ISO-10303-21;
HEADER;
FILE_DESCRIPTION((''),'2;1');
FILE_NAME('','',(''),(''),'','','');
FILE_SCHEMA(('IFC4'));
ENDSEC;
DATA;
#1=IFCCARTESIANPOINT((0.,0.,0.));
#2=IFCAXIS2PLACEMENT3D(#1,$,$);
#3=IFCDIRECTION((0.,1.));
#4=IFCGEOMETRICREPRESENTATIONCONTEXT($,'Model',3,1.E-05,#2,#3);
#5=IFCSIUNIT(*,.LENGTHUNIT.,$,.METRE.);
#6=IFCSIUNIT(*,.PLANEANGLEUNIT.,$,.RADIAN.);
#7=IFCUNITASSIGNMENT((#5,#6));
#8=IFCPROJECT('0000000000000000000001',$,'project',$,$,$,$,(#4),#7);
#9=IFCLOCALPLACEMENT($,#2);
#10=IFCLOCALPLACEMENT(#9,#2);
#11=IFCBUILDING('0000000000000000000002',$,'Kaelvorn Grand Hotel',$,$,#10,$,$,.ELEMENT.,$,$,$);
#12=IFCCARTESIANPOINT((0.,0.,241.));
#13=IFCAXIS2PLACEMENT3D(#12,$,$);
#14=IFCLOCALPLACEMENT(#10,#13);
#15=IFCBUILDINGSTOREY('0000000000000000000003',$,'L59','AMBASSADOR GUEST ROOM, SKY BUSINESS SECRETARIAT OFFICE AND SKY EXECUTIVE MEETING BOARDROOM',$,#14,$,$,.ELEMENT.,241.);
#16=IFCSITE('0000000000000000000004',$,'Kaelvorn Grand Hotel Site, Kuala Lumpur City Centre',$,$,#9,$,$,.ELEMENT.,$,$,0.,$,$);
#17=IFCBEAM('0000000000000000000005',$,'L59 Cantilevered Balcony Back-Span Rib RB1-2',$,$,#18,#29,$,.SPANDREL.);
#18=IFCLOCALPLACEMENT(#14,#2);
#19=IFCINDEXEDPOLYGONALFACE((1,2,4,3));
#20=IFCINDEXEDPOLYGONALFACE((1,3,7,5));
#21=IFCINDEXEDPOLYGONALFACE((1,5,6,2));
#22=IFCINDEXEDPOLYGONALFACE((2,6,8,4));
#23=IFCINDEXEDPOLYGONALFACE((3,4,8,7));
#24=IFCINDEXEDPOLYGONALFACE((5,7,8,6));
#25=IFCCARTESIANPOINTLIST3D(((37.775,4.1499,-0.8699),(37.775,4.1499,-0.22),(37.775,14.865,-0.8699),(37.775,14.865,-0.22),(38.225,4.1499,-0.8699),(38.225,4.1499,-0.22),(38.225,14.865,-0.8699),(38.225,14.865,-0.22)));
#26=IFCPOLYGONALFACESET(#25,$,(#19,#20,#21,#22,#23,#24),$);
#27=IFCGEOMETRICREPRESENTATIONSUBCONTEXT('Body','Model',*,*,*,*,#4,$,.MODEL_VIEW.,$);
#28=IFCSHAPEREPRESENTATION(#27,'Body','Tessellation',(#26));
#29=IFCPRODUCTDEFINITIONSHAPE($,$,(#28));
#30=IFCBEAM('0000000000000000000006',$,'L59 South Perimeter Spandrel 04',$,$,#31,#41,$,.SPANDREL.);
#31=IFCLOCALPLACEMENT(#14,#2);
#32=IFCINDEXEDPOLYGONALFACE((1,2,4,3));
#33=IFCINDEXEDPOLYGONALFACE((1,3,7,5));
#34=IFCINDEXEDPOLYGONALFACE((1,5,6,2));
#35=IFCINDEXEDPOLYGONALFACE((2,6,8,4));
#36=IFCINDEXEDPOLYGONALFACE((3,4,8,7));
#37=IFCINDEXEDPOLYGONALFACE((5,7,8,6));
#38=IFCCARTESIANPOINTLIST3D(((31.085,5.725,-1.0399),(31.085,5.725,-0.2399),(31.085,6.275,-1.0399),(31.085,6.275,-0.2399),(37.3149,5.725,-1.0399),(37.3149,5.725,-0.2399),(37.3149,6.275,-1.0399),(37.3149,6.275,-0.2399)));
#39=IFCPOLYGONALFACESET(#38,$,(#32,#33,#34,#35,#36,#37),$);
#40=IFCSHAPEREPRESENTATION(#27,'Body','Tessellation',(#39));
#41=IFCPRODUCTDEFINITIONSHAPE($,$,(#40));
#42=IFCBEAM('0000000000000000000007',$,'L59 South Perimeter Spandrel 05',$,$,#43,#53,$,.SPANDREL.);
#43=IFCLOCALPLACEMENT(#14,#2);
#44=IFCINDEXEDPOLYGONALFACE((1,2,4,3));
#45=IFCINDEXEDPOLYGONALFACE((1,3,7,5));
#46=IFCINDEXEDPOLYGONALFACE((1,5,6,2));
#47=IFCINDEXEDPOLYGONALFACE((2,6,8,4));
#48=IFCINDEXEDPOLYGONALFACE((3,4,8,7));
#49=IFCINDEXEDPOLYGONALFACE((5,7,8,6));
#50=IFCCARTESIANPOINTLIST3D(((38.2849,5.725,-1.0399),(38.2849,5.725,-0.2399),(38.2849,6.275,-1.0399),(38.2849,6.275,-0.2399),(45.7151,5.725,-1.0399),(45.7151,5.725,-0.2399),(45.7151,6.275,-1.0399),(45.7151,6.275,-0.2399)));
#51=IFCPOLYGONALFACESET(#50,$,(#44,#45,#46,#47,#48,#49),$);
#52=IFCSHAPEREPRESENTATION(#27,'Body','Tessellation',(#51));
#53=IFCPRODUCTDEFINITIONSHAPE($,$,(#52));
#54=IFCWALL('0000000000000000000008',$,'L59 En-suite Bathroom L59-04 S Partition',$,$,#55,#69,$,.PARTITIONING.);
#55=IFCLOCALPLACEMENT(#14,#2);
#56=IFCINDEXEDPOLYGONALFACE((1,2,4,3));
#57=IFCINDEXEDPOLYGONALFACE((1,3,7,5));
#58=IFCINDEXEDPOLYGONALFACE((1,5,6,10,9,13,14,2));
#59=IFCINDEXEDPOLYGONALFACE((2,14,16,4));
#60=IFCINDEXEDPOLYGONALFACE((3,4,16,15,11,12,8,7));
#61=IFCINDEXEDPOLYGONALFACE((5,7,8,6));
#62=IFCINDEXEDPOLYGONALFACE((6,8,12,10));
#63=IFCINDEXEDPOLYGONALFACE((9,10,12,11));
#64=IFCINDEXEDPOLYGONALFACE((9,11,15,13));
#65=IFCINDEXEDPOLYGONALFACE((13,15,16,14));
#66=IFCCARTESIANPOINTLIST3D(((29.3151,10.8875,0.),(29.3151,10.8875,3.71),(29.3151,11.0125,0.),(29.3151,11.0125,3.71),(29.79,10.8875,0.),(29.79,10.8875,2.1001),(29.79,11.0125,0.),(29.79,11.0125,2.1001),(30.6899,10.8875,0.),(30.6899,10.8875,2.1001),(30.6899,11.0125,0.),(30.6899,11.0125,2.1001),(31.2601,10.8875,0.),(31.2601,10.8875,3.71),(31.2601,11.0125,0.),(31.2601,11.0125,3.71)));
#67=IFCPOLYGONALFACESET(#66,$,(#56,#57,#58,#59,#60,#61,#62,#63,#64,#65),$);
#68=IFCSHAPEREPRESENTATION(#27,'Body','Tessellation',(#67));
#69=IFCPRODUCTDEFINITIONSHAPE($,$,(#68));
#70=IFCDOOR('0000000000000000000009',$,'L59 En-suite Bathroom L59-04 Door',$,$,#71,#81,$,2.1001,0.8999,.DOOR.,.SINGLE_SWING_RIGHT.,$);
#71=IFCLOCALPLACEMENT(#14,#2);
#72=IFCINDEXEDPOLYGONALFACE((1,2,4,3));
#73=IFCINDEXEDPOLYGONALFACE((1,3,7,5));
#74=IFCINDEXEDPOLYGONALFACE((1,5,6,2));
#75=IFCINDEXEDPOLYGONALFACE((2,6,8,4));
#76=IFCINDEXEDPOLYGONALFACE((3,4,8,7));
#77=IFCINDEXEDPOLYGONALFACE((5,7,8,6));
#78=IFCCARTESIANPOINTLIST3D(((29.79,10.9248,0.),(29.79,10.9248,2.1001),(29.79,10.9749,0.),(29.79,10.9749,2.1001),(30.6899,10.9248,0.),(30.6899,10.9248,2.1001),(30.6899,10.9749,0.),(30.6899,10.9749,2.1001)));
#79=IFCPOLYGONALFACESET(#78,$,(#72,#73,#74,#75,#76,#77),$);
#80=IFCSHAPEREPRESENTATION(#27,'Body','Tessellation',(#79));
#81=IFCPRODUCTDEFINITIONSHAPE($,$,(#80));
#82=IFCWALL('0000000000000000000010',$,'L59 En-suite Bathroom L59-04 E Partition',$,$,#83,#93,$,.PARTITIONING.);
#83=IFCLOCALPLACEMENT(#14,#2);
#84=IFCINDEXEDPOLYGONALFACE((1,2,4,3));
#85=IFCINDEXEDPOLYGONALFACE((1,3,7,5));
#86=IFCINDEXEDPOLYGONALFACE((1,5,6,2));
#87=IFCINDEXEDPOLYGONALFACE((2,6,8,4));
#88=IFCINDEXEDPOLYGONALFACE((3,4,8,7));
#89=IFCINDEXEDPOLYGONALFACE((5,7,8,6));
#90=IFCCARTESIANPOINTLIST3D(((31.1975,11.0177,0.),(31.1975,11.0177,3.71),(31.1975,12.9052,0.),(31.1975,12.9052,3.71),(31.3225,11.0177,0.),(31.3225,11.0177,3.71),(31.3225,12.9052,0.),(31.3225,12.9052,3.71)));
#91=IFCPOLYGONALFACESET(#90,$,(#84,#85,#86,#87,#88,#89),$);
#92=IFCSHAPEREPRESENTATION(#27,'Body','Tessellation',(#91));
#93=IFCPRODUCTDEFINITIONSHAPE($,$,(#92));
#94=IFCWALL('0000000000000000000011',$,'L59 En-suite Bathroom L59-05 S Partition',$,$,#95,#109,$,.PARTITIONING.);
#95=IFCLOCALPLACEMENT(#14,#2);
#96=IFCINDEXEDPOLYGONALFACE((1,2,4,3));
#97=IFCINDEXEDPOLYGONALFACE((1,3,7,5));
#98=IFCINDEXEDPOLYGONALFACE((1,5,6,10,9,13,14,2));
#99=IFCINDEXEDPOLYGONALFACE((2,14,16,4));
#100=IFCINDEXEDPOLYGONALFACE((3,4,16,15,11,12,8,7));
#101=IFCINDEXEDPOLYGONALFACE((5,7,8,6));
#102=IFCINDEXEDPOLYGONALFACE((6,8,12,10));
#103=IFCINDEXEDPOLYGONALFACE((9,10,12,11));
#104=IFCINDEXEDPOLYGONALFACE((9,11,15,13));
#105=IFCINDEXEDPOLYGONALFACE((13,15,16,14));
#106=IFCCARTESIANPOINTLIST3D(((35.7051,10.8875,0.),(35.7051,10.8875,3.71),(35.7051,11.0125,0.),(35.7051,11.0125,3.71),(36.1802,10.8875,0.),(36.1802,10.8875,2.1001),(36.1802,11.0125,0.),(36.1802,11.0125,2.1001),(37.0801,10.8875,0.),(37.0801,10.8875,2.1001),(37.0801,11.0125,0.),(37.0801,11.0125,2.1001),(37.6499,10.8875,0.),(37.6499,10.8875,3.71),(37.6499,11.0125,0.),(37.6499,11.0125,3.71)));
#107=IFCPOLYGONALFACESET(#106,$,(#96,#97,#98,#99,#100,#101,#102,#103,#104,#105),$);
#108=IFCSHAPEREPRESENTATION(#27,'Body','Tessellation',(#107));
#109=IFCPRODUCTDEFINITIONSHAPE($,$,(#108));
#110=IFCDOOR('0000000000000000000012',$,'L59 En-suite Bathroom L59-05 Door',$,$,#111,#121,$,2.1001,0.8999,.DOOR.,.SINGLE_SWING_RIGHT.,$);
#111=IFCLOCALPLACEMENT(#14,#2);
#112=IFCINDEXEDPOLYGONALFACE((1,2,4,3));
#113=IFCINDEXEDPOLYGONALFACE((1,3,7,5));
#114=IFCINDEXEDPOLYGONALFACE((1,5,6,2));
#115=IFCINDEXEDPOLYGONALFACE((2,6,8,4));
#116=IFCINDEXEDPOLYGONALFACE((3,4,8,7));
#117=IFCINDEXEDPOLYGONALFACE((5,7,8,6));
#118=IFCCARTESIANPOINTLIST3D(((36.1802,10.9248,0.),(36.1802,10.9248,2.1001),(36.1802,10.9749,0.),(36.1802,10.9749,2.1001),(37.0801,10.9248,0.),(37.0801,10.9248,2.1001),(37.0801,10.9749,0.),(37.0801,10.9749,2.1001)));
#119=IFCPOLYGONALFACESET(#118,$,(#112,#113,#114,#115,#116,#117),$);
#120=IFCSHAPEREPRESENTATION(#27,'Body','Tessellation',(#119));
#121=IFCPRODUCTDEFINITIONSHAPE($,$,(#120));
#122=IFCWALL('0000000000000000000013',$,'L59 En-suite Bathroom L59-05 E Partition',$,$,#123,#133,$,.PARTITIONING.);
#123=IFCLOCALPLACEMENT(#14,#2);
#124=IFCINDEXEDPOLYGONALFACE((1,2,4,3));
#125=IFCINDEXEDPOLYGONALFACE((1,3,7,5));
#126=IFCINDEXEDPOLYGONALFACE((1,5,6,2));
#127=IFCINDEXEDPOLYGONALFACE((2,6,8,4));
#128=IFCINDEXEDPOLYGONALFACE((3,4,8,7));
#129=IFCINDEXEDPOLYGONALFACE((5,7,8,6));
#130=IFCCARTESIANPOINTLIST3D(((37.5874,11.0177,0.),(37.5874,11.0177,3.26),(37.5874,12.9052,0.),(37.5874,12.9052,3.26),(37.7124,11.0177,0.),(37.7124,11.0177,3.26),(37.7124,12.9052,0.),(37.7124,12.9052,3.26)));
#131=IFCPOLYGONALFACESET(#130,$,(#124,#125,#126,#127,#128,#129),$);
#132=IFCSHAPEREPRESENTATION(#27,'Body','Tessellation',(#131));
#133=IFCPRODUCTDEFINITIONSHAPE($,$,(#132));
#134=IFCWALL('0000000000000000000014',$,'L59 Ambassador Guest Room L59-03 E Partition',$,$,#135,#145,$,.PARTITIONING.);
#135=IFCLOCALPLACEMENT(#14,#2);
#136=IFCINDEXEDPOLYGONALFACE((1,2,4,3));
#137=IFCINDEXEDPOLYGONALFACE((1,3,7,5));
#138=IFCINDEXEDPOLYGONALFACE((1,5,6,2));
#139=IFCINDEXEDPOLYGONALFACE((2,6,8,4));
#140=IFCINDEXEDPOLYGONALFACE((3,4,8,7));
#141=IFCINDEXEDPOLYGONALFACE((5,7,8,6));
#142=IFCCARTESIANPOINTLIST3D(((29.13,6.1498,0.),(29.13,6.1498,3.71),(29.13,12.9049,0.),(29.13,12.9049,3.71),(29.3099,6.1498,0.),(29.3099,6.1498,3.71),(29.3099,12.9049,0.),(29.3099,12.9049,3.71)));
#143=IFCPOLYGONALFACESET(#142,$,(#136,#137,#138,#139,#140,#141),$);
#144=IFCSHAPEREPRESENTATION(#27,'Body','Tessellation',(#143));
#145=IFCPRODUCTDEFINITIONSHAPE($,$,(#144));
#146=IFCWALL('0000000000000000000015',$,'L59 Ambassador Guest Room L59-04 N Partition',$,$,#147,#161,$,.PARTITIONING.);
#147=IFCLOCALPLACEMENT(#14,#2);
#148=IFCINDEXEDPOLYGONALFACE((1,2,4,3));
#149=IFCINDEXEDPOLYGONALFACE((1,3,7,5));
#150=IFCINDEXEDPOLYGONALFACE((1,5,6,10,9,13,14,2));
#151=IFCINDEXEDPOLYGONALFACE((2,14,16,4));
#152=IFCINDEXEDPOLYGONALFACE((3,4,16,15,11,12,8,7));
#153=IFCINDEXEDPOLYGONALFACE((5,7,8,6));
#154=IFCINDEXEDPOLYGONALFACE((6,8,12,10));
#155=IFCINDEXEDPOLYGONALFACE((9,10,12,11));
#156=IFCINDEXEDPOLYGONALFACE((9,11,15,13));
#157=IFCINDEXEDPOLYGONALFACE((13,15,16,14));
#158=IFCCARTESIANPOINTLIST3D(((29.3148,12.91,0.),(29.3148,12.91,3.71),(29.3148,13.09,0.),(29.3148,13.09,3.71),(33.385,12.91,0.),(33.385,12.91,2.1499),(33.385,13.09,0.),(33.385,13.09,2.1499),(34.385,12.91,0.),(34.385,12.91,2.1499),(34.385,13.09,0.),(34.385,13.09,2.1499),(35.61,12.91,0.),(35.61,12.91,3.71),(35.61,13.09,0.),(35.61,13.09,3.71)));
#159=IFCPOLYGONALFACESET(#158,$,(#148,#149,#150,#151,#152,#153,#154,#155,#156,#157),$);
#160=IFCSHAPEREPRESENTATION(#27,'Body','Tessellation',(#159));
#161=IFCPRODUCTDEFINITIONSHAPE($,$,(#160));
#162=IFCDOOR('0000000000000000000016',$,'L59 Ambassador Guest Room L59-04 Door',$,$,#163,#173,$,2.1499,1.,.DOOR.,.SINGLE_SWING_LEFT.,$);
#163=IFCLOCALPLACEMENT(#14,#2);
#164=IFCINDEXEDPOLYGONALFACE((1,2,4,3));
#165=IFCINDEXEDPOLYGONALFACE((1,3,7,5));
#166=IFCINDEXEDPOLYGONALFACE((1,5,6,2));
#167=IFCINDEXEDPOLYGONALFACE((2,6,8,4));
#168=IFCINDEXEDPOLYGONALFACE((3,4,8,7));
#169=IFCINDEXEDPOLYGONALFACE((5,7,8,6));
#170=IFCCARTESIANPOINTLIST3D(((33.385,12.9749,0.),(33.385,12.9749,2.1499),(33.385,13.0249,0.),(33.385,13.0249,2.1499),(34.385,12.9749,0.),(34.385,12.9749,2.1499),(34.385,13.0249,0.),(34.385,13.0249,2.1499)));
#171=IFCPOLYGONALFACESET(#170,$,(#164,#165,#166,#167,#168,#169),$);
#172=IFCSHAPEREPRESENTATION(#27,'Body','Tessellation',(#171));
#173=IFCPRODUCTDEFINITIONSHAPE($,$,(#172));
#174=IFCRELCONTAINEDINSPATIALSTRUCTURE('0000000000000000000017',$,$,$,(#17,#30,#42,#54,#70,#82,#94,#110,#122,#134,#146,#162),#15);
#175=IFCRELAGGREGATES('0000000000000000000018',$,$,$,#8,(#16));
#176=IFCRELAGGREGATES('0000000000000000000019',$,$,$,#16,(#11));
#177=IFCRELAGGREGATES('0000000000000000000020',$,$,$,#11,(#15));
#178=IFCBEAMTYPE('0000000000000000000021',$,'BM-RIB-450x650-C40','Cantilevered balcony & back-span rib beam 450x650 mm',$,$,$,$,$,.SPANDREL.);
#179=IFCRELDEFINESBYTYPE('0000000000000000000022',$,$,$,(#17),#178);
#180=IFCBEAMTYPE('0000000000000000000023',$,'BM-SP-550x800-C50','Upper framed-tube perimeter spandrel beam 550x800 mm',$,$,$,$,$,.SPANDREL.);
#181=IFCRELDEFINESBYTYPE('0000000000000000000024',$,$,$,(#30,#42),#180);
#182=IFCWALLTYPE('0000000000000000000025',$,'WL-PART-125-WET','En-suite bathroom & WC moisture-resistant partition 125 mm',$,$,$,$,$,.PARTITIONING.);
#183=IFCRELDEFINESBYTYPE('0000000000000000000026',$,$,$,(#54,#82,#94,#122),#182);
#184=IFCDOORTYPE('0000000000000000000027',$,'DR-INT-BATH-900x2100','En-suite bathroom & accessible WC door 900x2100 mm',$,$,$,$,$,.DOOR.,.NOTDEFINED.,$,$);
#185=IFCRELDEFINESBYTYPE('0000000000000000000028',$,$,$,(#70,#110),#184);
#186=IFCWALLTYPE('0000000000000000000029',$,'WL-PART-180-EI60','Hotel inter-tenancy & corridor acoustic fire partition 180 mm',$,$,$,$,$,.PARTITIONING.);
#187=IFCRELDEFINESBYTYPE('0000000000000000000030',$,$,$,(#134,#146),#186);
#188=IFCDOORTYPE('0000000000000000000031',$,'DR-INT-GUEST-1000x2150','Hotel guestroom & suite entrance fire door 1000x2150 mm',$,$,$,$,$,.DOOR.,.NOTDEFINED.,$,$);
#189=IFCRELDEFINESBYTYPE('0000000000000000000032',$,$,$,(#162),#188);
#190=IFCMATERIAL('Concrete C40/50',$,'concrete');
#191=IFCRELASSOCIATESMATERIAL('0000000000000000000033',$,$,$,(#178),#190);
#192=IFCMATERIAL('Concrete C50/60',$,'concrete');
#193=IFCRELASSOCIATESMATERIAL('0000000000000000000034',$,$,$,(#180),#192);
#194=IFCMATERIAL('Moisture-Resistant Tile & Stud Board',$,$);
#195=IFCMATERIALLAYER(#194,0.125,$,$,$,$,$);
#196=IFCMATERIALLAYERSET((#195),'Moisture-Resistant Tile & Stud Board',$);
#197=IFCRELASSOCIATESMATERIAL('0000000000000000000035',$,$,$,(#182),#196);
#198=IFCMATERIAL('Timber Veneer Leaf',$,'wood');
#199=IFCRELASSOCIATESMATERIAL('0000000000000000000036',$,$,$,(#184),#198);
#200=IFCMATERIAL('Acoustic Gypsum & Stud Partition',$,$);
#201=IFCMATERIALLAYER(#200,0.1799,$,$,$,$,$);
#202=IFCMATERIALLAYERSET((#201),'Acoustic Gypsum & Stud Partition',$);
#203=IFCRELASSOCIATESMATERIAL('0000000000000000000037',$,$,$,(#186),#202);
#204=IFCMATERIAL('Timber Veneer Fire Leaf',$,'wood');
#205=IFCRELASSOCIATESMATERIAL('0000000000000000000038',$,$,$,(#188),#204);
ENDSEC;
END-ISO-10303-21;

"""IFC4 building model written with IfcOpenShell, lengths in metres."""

from ifc_helpers import new_model, si_unit, direction, frame, frame_2d, origin, origin_2d, place, context, subcontext, project, spatial, rectangle, extrude, material, layer, layer_set, material_profile, profile_set, type_object, element, fill, save


model = new_model("IFC4")

# Units and contexts
model_context = context("Model", 3, precision=1e-05, world=origin(), true_north=direction((0.0, 1.0)))
body_context = subcontext(model_context, "Body", "Model", "MODEL_VIEW")
ifc_project = project(units=[si_unit("LENGTHUNIT", "METRE"), si_unit("PLANEANGLEUNIT", "RADIAN")], contexts=[model_context])

# Site, building, storey
site_placement = place(None, origin())
site = spatial("IfcSite", under=ifc_project, at=site_placement, Name="Kaelvorn Grand Hotel Site, Kuala Lumpur City Centre", CompositionType="ELEMENT", RefElevation=0.0)
building_placement = place(site_placement, origin())
building = spatial("IfcBuilding", under=site, at=building_placement, Name="Kaelvorn Grand Hotel", CompositionType="ELEMENT")
storey_placement = place(building_placement, frame((0.0, 0.0, 241.0)))
storey = spatial("IfcBuildingStorey", under=building, at=storey_placement, Name="L59", Description="AMBASSADOR GUEST ROOM, SKY BUSINESS SECRETARIAT OFFICE AND SKY EXECUTIVE MEETING BOARDROOM", CompositionType="ELEMENT", Elevation=241.0)

# Shared definitions
ifc_material_1 = material(Name="Concrete C50/60", Category="concrete")

# Beams
ifc_material_2 = material(Name="Concrete C40/50", Category="concrete")
ifc_material_profile_1 = material_profile(ifc_material_2, rectangle(XDim=0.45, YDim=0.6499, at=origin_2d()), Name="RC RIB 450x650")
ifc_profile_set_1 = profile_set([ifc_material_profile_1], Name="Concrete C40/50")
beam_type_1 = type_object("IfcBeamType", Name="BM-RIB-450x650-C40", Description="Cantilevered balcony & back-span rib beam 450x650 mm", PredefinedType="SPANDREL", material=ifc_profile_set_1)
beam_1_placement = place(storey_placement, frame((38.0, 4.1499, -0.5449), z_axis=(0.0, 1.0, 0.0), x_axis=(-1.0, 0.0, 0.0)))
element("IfcBeam", 1, at=beam_1_placement, inside=storey, type_object=beam_type_1, Name="L59 Cantilevered Balcony Back-Span Rib RB1-2", PredefinedType="SPANDREL", context=body_context, shape_type="SweptSolid", body=[
    extrude(rectangle(XDim=0.45, YDim=0.6499, at=origin_2d()), origin(), (0.0, 0.0, 1.0), 10.7151),
])
ifc_material_profile_2 = material_profile(ifc_material_1, rectangle(XDim=0.55, YDim=0.8, at=origin_2d()), Name="RC SPANDREL 550x800")
ifc_profile_set_2 = profile_set([ifc_material_profile_2], Name="Concrete C50/60")
beam_type_2 = type_object("IfcBeamType", Name="BM-SP-550x800-C50", Description="Upper framed-tube perimeter spandrel beam 550x800 mm", PredefinedType="SPANDREL", material=ifc_profile_set_2)
beam_2_placement = place(storey_placement, frame((31.085, 6.0, -0.6399), z_axis=(1.0, 0.0, 0.0), x_axis=(0.0, 1.0, 0.0)))
element("IfcBeam", 2, at=beam_2_placement, inside=storey, type_object=beam_type_2, Name="L59 South Perimeter Spandrel 04", PredefinedType="SPANDREL", context=body_context, shape_type="SweptSolid", body=[
    extrude(rectangle(XDim=0.55, YDim=0.8, at=origin_2d()), origin(), (0.0, 0.0, 1.0), 6.23),
])
beam_3_placement = place(storey_placement, frame((38.2849, 6.0, -0.6399), z_axis=(1.0, 0.0, 0.0), x_axis=(0.0, 1.0, 0.0)))
element("IfcBeam", 3, at=beam_3_placement, inside=storey, type_object=beam_type_2, Name="L59 South Perimeter Spandrel 05", PredefinedType="SPANDREL", context=body_context, shape_type="SweptSolid", body=[
    extrude(rectangle(XDim=0.55, YDim=0.8, at=origin_2d()), origin(), (0.0, 0.0, 1.0), 7.4302),
])

# Wall, opening, door
ifc_material_3 = material(Name="Moisture-Resistant Tile & Stud Board")
ifc_layer_1 = layer(ifc_material_3, 0.125)
ifc_layer_set_1 = layer_set([ifc_layer_1], Name="Moisture-Resistant Tile & Stud Board")
wall_type_1 = type_object("IfcWallType", Name="WL-PART-125-WET", Description="En-suite bathroom & WC moisture-resistant partition 125 mm", PredefinedType="PARTITIONING", material=ifc_layer_set_1)
wall_1_placement = place(storey_placement, frame((29.3149, 10.95, 0.0), z_axis=(0.0, 0.0, 1.0), x_axis=(1.0, 0.0, 0.0)))
wall_1 = element("IfcWall", 4, at=wall_1_placement, inside=storey, type_object=wall_type_1, Name="L59 En-suite Bathroom L59-04 S Partition", PredefinedType="PARTITIONING", context=body_context, shape_type="SweptSolid", body=[
    extrude(rectangle(XDim=1.9451, YDim=0.125, at=frame_2d((0.9727, 0.0))), origin(), (0.0, 0.0, 1.0), 3.71),
])
opening_1_placement = place(wall_1_placement, frame((0.4751, 0.0, 0.0)))
opening_1 = element("IfcOpeningElement", 5, at=opening_1_placement, cuts=wall_1, PredefinedType="OPENING", context=body_context, shape_type="SweptSolid", body=[
    extrude(rectangle(XDim=0.8999, YDim=2.1001, at=frame_2d((0.45, 1.05))), frame((0.0, 0.0725, 0.0), z_axis=(0.0, -1.0, 0.0), x_axis=(1.0, 0.0, 0.0)), (0.0, 0.0, 1.0), 0.145),
])
ifc_material_4 = material(Name="Timber Veneer Leaf", Category="wood")
door_type_1 = type_object("IfcDoorType", Name="DR-INT-BATH-900x2100", Description="En-suite bathroom & accessible WC door 900x2100 mm", OperationType="NOTDEFINED", PredefinedType="DOOR", material=ifc_material_4)
door_1_placement = place(opening_1_placement, origin())
door_1 = element("IfcDoor", 6, at=door_1_placement, inside=storey, type_object=door_type_1, Name="L59 En-suite Bathroom L59-04 Door", OperationType="SINGLE_SWING_RIGHT", OverallHeight=2.1001, OverallWidth=0.8999, PredefinedType="DOOR", context=body_context, shape_type="SweptSolid", body=[
    extrude(rectangle(XDim=0.8999, YDim=2.1001, at=frame_2d((0.45, 1.05))), frame((0.0, 0.0249, 0.0), z_axis=(0.0, -1.0, 0.0), x_axis=(1.0, 0.0, 0.0)), (0.0, 0.0, 1.0), 0.05),
])
fill(opening_1, door_1)

# Wall
wall_2_placement = place(storey_placement, frame((31.26, 11.0176, 0.0), z_axis=(0.0, 0.0, 1.0), x_axis=(0.0, 1.0, 0.0)))
element("IfcWall", 7, at=wall_2_placement, inside=storey, type_object=wall_type_1, Name="L59 En-suite Bathroom L59-04 E Partition", PredefinedType="PARTITIONING", context=body_context, shape_type="SweptSolid", body=[
    extrude(rectangle(XDim=1.8875, YDim=0.125, at=frame_2d((0.9438, 0.0))), origin(), (0.0, 0.0, 1.0), 3.71),
])

# Wall, opening, door
wall_3_placement = place(storey_placement, frame((35.7051, 10.95, 0.0), z_axis=(0.0, 0.0, 1.0), x_axis=(1.0, 0.0, 0.0)))
wall_3 = element("IfcWall", 8, at=wall_3_placement, inside=storey, type_object=wall_type_1, Name="L59 En-suite Bathroom L59-05 S Partition", PredefinedType="PARTITIONING", context=body_context, shape_type="SweptSolid", body=[
    extrude(rectangle(XDim=1.9448, YDim=0.125, at=frame_2d((0.9724, 0.0))), origin(), (0.0, 0.0, 1.0), 3.71),
])
opening_2_placement = place(wall_3_placement, frame((0.4751, 0.0, 0.0)))
opening_2 = element("IfcOpeningElement", 9, at=opening_2_placement, cuts=wall_3, PredefinedType="OPENING", context=body_context, shape_type="SweptSolid", body=[
    extrude(rectangle(XDim=0.8999, YDim=2.1001, at=frame_2d((0.45, 1.05))), frame((0.0, 0.0725, 0.0), z_axis=(0.0, -1.0, 0.0), x_axis=(1.0, 0.0, 0.0)), (0.0, 0.0, 1.0), 0.145),
])
door_2_placement = place(opening_2_placement, origin())
door_2 = element("IfcDoor", 10, at=door_2_placement, inside=storey, type_object=door_type_1, Name="L59 En-suite Bathroom L59-05 Door", OperationType="SINGLE_SWING_RIGHT", OverallHeight=2.1001, OverallWidth=0.8999, PredefinedType="DOOR", context=body_context, shape_type="SweptSolid", body=[
    extrude(rectangle(XDim=0.8999, YDim=2.1001, at=frame_2d((0.45, 1.05))), frame((0.0, 0.0249, 0.0), z_axis=(0.0, -1.0, 0.0), x_axis=(1.0, 0.0, 0.0)), (0.0, 0.0, 1.0), 0.05),
])
fill(opening_2, door_2)

# Walls
wall_4_placement = place(storey_placement, frame((37.6499, 11.0176, 0.0), z_axis=(0.0, 0.0, 1.0), x_axis=(0.0, 1.0, 0.0)))
element("IfcWall", 11, at=wall_4_placement, inside=storey, type_object=wall_type_1, Name="L59 En-suite Bathroom L59-05 E Partition", PredefinedType="PARTITIONING", context=body_context, shape_type="SweptSolid", body=[
    extrude(rectangle(XDim=1.8875, YDim=0.125, at=frame_2d((0.9438, 0.0))), origin(), (0.0, 0.0, 1.0), 3.26),
])
ifc_material_5 = material(Name="Acoustic Gypsum & Stud Partition")
ifc_layer_2 = layer(ifc_material_5, 0.1799)
ifc_layer_set_2 = layer_set([ifc_layer_2], Name="Acoustic Gypsum & Stud Partition")
wall_type_2 = type_object("IfcWallType", Name="WL-PART-180-EI60", Description="Hotel inter-tenancy & corridor acoustic fire partition 180 mm", PredefinedType="PARTITIONING", material=ifc_layer_set_2)
wall_5_placement = place(storey_placement, frame((29.22, 6.1499, 0.0), z_axis=(0.0, 0.0, 1.0), x_axis=(0.0, 1.0, 0.0)))
element("IfcWall", 12, at=wall_5_placement, inside=storey, type_object=wall_type_2, Name="L59 Ambassador Guest Room L59-03 E Partition", PredefinedType="PARTITIONING", context=body_context, shape_type="SweptSolid", body=[
    extrude(rectangle(XDim=6.7551, YDim=0.1799, at=frame_2d((3.3774, 0.0))), origin(), (0.0, 0.0, 1.0), 3.71),
])

# Wall, opening, door
wall_6_placement = place(storey_placement, frame((29.3149, 13.0, 0.0), z_axis=(0.0, 0.0, 1.0), x_axis=(1.0, 0.0, 0.0)))
wall_6 = element("IfcWall", 13, at=wall_6_placement, inside=storey, type_object=wall_type_2, Name="L59 Ambassador Guest Room L59-04 N Partition", PredefinedType="PARTITIONING", context=body_context, shape_type="SweptSolid", body=[
    extrude(rectangle(XDim=6.2952, YDim=0.1799, at=frame_2d((3.1475, 0.0))), origin(), (0.0, 0.0, 1.0), 3.71),
])
opening_3_placement = place(wall_6_placement, frame((4.0701, 0.0, 0.0)))
opening_3 = element("IfcOpeningElement", 14, at=opening_3_placement, cuts=wall_6, PredefinedType="OPENING", context=body_context, shape_type="SweptSolid", body=[
    extrude(rectangle(XDim=1.0, YDim=2.1499, at=frame_2d((0.5, 1.075))), frame((0.0, 0.1001, 0.0), z_axis=(0.0, -1.0, 0.0), x_axis=(1.0, 0.0, 0.0)), (0.0, 0.0, 1.0), 0.2),
])
ifc_material_6 = material(Name="Timber Veneer Fire Leaf", Category="wood")
door_type_2 = type_object("IfcDoorType", Name="DR-INT-GUEST-1000x2150", Description="Hotel guestroom & suite entrance fire door 1000x2150 mm", OperationType="NOTDEFINED", PredefinedType="DOOR", material=ifc_material_6)
door_3_placement = place(opening_3_placement, origin())
door_3 = element("IfcDoor", 15, at=door_3_placement, inside=storey, type_object=door_type_2, Name="L59 Ambassador Guest Room L59-04 Door", OperationType="SINGLE_SWING_LEFT", OverallHeight=2.1499, OverallWidth=1.0, PredefinedType="DOOR", context=body_context, shape_type="SweptSolid", body=[
    extrude(rectangle(XDim=1.0, YDim=2.1499, at=frame_2d((0.5, 1.075))), frame((0.0, 0.0249, 0.0), z_axis=(0.0, -1.0, 0.0), x_axis=(1.0, 0.0, 0.0)), (0.0, 0.0, 1.0), 0.05),
])
fill(opening_3, door_3)

save(model, "model.ifc")
